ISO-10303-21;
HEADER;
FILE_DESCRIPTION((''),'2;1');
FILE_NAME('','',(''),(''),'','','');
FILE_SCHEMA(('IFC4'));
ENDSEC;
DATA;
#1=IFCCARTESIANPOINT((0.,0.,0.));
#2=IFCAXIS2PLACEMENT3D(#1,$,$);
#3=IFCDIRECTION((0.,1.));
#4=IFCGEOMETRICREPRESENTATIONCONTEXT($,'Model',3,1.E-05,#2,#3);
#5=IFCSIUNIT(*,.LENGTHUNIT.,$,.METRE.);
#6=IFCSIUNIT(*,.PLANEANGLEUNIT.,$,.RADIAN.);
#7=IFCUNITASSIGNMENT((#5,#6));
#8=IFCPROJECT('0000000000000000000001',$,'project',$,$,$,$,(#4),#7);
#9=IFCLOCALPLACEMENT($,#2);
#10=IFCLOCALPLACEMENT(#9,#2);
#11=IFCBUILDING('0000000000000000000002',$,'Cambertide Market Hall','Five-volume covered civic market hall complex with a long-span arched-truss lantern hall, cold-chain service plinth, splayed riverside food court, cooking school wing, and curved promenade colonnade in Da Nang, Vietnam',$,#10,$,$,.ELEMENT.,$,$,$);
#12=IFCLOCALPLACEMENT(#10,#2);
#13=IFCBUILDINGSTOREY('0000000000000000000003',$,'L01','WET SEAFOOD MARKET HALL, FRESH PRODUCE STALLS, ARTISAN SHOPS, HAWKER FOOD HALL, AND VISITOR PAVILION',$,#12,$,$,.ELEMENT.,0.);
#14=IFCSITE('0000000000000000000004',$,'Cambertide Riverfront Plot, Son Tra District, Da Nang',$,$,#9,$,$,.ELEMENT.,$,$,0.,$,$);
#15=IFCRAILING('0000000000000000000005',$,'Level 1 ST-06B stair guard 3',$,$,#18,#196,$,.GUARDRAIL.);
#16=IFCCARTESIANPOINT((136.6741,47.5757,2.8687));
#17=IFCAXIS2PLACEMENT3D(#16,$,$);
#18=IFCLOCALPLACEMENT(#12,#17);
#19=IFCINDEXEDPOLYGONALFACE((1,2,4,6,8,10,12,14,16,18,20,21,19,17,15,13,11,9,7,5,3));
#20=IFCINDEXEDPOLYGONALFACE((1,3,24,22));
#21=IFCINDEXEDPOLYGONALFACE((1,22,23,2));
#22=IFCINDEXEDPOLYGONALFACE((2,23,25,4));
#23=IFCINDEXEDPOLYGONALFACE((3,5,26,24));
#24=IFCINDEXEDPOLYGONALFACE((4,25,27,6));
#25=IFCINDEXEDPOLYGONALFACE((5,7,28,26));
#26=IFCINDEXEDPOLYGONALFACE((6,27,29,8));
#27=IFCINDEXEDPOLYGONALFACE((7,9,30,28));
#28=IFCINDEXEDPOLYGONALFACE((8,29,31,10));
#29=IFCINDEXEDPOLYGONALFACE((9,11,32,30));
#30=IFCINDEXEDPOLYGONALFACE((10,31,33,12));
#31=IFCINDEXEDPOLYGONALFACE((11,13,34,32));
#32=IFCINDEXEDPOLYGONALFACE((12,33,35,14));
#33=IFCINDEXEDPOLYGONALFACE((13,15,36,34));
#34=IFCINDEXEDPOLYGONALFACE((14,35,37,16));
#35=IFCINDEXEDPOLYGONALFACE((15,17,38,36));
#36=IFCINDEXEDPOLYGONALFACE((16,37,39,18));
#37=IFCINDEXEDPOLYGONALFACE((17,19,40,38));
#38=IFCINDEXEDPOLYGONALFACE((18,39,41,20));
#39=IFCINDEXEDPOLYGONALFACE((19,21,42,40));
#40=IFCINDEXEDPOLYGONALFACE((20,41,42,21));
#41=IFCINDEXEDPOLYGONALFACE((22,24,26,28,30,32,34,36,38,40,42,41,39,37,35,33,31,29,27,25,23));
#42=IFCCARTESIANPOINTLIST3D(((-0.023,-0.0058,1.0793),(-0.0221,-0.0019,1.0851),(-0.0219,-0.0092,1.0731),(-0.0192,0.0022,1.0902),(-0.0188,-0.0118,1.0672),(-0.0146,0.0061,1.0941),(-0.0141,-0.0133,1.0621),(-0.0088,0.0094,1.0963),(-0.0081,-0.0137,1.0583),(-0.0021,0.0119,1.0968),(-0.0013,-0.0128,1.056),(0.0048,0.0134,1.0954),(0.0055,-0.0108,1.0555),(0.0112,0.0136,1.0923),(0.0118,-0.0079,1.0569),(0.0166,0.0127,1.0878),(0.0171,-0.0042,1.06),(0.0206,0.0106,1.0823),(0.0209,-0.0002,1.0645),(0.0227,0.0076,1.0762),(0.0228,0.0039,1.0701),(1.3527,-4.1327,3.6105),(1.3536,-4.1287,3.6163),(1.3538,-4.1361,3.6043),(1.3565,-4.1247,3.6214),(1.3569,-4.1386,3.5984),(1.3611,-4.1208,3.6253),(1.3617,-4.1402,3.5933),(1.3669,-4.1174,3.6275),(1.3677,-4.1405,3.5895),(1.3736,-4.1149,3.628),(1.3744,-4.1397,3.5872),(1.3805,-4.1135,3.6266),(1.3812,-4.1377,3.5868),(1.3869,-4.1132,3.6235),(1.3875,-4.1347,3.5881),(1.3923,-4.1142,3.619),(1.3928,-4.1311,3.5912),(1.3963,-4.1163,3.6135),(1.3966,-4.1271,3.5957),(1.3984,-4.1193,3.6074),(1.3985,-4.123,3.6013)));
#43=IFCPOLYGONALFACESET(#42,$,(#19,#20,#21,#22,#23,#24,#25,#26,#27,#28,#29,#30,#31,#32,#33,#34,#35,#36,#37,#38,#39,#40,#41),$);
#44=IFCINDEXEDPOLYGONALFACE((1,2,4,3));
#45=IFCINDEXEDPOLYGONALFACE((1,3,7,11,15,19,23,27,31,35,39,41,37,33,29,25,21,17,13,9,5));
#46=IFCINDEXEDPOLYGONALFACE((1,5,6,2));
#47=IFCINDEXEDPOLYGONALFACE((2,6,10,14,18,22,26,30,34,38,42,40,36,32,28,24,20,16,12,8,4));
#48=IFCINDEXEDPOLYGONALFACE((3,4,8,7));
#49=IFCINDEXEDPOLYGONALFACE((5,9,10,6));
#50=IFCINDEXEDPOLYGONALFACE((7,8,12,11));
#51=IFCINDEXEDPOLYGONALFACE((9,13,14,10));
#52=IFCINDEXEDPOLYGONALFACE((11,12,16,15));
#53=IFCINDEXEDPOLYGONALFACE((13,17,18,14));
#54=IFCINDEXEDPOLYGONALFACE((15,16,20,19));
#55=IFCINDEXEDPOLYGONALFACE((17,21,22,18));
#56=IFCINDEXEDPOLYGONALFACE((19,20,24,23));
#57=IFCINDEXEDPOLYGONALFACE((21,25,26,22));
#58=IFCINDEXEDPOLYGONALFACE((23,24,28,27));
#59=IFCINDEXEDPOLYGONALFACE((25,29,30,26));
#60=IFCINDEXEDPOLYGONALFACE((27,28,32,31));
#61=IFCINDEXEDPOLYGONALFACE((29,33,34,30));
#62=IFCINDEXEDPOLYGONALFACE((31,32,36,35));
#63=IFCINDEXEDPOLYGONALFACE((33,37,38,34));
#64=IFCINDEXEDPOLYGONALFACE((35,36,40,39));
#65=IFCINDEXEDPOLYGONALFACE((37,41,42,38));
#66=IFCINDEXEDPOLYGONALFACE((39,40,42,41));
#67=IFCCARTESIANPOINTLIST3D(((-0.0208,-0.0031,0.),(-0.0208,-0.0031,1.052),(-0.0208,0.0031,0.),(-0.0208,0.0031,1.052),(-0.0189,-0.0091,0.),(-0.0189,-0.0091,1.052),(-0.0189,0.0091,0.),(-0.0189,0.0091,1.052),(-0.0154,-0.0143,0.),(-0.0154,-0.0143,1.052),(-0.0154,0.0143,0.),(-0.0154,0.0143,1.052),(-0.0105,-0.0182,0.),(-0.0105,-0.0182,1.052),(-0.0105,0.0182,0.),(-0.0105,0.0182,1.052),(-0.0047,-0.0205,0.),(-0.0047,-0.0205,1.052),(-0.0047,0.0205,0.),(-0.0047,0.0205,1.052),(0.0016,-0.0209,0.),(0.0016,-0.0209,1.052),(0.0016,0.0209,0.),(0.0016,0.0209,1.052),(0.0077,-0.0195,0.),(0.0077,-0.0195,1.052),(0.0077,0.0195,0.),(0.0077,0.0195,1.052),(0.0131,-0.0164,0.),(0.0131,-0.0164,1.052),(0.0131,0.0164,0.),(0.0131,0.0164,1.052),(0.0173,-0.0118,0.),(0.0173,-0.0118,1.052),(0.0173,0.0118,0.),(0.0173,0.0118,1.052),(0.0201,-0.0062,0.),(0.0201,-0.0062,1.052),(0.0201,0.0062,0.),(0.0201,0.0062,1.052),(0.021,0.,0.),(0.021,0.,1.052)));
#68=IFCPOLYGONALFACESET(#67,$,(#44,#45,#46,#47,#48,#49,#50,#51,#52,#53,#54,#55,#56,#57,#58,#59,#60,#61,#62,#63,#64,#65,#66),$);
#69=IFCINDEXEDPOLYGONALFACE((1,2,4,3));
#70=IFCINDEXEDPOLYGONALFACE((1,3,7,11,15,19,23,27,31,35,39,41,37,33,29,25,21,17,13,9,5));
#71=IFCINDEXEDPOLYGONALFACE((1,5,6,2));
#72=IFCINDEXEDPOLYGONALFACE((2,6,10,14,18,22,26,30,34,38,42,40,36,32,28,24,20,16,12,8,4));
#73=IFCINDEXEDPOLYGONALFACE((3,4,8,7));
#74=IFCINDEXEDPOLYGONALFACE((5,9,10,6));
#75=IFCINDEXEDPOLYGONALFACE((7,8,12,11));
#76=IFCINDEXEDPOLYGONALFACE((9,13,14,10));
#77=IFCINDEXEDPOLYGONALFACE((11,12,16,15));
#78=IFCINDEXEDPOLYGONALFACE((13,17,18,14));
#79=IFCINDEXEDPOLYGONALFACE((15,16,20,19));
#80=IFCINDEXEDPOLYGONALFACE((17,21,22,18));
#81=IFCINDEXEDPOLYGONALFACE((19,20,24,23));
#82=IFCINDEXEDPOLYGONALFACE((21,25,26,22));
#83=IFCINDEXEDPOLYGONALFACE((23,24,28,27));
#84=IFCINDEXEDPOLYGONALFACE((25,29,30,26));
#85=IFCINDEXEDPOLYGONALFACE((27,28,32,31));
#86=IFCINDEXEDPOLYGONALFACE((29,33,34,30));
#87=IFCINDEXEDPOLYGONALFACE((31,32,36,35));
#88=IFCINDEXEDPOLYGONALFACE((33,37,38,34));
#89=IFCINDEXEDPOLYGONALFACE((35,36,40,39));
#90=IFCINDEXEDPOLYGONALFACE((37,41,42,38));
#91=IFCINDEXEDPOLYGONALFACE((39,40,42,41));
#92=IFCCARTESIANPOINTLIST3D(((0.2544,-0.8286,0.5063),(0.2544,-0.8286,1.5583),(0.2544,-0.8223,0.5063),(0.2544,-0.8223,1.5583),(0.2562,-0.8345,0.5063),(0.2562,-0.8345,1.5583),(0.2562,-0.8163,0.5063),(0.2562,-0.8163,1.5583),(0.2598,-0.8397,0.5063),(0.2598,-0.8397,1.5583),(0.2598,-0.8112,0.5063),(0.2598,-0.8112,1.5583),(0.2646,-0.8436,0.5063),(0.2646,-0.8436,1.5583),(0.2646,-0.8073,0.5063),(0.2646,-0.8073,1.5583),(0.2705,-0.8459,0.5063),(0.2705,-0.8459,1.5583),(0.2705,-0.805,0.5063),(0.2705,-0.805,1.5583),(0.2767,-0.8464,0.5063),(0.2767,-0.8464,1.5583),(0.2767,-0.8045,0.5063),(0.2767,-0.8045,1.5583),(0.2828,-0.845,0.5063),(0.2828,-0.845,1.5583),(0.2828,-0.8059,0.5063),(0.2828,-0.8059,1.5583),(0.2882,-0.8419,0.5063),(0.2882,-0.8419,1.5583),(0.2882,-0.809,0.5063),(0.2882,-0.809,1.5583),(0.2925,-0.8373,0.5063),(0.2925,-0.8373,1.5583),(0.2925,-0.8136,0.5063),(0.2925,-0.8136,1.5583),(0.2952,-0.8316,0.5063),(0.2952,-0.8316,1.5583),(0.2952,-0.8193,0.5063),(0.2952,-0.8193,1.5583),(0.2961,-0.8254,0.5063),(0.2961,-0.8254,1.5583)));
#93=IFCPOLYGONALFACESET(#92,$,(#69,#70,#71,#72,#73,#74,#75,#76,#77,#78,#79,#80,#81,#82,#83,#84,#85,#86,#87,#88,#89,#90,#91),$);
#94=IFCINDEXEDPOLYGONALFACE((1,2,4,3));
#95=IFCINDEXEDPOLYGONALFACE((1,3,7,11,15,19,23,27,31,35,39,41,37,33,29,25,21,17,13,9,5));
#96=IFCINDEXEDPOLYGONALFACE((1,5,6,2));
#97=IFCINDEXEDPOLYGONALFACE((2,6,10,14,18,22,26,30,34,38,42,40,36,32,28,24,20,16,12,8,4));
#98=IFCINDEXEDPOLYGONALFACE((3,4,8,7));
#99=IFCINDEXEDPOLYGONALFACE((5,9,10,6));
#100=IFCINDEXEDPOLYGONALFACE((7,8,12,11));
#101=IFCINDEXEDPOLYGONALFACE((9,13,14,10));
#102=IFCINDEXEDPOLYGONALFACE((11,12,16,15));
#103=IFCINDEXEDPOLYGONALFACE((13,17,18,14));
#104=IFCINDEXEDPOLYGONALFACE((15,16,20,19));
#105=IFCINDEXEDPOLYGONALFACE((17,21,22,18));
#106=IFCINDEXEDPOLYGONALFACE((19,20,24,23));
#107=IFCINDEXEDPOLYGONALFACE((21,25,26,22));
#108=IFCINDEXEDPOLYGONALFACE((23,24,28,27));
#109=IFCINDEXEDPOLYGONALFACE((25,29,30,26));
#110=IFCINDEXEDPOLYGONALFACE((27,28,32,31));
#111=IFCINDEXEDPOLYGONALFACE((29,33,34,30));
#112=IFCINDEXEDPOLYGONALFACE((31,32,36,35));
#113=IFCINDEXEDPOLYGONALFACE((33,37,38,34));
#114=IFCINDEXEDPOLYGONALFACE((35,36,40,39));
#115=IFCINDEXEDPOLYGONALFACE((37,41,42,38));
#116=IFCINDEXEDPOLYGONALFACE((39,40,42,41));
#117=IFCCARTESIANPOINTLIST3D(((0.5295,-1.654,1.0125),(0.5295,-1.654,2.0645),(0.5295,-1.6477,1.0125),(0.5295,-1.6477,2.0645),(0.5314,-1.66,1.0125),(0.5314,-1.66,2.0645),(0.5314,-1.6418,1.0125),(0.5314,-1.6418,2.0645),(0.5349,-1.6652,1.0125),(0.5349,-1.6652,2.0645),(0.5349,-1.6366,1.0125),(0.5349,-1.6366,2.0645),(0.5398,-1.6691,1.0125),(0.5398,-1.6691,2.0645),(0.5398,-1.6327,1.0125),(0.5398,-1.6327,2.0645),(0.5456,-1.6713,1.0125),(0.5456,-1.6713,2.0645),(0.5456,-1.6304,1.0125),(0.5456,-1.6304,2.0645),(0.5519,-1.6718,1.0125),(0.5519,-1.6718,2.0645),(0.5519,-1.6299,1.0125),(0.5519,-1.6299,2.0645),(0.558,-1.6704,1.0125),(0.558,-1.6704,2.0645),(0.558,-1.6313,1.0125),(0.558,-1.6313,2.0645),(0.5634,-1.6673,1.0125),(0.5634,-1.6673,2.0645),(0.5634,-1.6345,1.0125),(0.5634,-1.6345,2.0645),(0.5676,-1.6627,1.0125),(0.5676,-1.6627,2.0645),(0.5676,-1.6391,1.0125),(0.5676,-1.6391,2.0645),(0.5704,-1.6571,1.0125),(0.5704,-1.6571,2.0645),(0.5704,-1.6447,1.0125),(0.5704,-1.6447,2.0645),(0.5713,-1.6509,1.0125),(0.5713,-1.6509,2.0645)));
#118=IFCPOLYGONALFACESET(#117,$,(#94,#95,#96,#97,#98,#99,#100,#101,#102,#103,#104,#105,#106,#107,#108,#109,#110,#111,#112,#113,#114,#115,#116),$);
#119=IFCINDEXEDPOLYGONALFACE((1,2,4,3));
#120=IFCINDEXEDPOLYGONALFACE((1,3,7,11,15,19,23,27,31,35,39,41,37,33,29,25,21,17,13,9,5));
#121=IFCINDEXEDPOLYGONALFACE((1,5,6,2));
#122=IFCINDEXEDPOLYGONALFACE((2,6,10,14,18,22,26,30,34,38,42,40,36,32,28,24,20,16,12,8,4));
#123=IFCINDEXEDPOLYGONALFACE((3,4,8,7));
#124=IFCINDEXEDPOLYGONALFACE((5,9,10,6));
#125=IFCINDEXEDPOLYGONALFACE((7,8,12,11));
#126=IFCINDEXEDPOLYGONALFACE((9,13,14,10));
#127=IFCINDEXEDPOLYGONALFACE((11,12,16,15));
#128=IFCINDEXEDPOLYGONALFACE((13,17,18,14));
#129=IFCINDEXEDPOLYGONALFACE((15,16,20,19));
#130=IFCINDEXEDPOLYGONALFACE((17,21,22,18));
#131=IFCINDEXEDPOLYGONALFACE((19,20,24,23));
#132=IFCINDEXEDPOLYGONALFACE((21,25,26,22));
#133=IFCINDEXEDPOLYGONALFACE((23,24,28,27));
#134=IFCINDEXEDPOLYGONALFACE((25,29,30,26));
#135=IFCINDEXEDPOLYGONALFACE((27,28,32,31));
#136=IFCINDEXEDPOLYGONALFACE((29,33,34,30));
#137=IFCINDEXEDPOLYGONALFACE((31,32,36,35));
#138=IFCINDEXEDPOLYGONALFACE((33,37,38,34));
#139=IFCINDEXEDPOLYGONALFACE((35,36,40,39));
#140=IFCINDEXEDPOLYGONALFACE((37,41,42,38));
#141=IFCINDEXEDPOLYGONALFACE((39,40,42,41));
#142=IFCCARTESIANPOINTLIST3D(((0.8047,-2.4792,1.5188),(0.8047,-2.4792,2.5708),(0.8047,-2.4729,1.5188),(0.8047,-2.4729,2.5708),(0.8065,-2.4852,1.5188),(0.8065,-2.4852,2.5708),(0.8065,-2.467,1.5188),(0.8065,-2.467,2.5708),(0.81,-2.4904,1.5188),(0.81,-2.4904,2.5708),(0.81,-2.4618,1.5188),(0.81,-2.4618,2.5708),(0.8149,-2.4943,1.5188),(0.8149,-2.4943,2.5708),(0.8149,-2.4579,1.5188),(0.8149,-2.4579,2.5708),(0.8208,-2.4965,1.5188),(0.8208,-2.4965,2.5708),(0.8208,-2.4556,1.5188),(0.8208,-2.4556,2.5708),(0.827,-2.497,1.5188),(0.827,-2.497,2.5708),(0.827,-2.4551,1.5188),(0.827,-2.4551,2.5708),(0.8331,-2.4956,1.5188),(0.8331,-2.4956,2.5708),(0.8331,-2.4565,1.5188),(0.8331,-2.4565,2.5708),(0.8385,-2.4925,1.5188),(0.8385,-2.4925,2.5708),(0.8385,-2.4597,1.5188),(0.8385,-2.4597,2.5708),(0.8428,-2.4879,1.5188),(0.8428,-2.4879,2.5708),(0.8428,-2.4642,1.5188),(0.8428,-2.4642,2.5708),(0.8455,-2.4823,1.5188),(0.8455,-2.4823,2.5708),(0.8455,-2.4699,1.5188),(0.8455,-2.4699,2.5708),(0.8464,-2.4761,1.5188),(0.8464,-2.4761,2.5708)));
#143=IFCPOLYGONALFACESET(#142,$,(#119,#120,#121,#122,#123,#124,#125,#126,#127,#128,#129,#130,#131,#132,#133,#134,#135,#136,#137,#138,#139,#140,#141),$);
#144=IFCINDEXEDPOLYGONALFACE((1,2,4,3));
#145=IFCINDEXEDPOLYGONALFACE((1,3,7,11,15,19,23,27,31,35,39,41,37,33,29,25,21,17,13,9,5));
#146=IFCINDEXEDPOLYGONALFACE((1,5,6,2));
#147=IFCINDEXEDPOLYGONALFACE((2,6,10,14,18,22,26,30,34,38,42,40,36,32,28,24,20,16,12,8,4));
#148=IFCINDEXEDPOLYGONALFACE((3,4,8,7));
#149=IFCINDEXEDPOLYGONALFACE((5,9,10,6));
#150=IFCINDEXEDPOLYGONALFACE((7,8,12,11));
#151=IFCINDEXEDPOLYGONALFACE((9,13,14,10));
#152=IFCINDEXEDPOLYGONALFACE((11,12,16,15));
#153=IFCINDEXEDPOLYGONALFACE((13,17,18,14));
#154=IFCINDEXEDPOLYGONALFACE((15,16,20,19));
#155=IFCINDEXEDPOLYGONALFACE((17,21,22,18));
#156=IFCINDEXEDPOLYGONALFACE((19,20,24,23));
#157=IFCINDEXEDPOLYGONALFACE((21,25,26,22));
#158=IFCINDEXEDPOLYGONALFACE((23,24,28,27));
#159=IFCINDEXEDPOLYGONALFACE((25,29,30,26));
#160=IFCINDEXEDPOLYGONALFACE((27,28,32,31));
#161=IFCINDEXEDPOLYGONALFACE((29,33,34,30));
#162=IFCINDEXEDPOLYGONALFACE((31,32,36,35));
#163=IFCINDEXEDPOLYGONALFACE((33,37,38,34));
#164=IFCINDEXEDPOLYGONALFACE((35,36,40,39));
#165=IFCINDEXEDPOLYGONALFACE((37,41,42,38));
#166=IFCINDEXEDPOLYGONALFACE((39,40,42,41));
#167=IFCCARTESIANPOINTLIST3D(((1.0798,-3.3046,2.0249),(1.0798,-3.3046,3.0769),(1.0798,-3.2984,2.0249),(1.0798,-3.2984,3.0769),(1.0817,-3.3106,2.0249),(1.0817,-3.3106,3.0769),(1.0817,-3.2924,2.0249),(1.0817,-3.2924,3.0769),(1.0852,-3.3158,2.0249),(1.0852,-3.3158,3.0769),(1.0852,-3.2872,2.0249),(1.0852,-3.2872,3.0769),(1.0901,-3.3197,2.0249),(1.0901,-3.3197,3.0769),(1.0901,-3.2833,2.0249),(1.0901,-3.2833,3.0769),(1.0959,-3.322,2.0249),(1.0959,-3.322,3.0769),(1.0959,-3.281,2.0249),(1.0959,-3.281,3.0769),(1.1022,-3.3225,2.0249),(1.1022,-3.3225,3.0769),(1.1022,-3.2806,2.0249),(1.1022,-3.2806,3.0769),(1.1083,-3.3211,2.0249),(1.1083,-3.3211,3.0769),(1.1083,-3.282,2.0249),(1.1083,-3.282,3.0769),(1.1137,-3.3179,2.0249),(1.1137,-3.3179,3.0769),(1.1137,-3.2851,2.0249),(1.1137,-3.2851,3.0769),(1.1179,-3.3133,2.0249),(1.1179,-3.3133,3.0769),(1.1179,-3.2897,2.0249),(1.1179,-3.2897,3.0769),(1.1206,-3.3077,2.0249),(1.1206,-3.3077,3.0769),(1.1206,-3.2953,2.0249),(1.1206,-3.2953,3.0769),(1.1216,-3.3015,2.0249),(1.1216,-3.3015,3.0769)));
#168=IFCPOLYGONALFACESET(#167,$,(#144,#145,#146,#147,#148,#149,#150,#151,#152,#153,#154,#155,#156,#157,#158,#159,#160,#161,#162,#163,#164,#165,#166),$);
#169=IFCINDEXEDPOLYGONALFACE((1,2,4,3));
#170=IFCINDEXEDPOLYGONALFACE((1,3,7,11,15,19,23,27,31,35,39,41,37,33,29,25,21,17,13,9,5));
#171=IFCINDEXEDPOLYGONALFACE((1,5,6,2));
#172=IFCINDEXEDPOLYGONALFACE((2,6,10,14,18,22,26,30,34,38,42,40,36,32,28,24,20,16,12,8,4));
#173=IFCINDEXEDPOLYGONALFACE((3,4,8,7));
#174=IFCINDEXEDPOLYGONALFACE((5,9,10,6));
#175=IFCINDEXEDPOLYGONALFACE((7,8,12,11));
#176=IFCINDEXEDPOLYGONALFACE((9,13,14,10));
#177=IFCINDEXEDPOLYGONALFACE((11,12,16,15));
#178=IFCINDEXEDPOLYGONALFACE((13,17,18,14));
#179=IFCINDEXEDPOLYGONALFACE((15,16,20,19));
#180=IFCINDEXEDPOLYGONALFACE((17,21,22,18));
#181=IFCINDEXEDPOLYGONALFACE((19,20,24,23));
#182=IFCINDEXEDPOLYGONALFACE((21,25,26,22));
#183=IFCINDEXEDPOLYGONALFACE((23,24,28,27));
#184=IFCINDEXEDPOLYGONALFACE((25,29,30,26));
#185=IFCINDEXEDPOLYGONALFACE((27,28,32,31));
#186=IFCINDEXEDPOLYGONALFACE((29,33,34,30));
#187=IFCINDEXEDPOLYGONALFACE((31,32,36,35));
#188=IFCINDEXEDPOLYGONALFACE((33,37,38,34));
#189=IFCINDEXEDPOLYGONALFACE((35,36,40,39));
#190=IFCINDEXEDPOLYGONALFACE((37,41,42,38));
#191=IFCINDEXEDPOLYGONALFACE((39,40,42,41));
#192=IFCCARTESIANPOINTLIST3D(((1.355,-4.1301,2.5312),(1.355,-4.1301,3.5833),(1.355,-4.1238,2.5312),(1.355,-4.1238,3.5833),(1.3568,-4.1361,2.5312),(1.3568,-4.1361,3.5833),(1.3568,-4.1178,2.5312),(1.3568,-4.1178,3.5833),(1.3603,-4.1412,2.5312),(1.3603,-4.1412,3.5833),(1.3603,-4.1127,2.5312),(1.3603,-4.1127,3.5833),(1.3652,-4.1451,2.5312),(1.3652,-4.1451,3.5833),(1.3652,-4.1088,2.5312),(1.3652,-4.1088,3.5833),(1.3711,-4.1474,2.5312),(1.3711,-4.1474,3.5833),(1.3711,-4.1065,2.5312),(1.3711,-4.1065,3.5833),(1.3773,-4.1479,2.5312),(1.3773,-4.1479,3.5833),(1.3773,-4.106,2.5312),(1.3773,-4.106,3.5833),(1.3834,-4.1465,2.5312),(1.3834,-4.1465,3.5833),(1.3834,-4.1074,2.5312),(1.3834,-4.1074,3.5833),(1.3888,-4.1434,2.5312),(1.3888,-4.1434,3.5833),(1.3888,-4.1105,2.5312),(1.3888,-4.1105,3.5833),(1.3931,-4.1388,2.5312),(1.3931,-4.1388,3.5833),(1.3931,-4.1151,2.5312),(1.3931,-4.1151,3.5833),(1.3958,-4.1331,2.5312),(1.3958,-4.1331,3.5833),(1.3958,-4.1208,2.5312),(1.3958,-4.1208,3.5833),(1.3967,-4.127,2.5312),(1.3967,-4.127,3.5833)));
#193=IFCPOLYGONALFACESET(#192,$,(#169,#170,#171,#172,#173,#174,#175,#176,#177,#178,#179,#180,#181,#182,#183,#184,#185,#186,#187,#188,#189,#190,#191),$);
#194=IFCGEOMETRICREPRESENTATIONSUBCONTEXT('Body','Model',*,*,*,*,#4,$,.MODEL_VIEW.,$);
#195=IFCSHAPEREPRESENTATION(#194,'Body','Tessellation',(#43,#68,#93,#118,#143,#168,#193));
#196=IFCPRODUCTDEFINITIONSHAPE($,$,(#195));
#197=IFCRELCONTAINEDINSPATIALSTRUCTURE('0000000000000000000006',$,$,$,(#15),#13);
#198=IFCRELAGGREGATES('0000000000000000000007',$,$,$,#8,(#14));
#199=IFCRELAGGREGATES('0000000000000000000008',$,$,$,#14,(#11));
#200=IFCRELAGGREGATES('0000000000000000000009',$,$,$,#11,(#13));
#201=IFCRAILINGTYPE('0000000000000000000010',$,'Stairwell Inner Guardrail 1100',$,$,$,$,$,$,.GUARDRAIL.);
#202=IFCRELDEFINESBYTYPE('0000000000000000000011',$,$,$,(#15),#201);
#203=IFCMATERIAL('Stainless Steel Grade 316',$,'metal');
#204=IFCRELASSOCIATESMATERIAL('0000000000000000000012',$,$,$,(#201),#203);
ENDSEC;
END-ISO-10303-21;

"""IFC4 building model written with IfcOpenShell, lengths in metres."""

from ifc_helpers import new_model, si_unit, direction, frame, origin, origin_2d, place, context, subcontext, project, spatial, circle, extrude, material, type_object, element, save


model = new_model("IFC4")

# Units and contexts
model_context = context("Model", 3, precision=1e-05, world=origin(), true_north=direction((0.0, 1.0)))
body_context = subcontext(model_context, "Body", "Model", "MODEL_VIEW")
ifc_project = project(units=[si_unit("LENGTHUNIT", "METRE"), si_unit("PLANEANGLEUNIT", "RADIAN")], contexts=[model_context])

# Site, building, storey
site_placement = place(None, origin())
site = spatial("IfcSite", under=ifc_project, at=site_placement, Name="Cambertide Riverfront Plot, Son Tra District, Da Nang", CompositionType="ELEMENT", RefElevation=0.0)
building_placement = place(site_placement, origin())
building = spatial("IfcBuilding", under=site, at=building_placement, Name="Cambertide Market Hall", Description="Five-volume covered civic market hall complex with a long-span arched-truss lantern hall, cold-chain service plinth, splayed riverside food court, cooking school wing, and curved promenade colonnade in Da Nang, Vietnam", CompositionType="ELEMENT")
storey_placement = place(building_placement, origin())
storey = spatial("IfcBuildingStorey", under=building, at=storey_placement, Name="L01", Description="WET SEAFOOD MARKET HALL, FRESH PRODUCE STALLS, ARTISAN SHOPS, HAWKER FOOD HALL, AND VISITOR PAVILION", CompositionType="ELEMENT", Elevation=0.0)

# Railing
ifc_material_1 = material(Name="Stainless Steel Grade 316", Category="metal")
railing_type_1 = type_object("IfcRailingType", Name="Stairwell Inner Guardrail 1100", PredefinedType="GUARDRAIL", material=ifc_material_1)
railing_1_placement = place(storey_placement, frame((136.6741, 47.5757, 2.8687)))
element("IfcRailing", 1, at=railing_1_placement, inside=storey, type_object=railing_type_1, Name="Level 1 ST-06B stair guard 3", PredefinedType="GUARDRAIL", context=body_context, shape_type="SweptSolid", body=[
    extrude(circle(Radius=0.0239, at=origin_2d()), frame((0.0, 0.0, 1.0762), z_axis=(0.27334, -0.81997, 0.502926), x_axis=(0.948678, 0.316245, 0.0)), (0.0, 0.0, 1.0), 5.033),
    extrude(circle(Radius=0.021, at=origin_2d()), origin(), (0.0, 0.0, 1.0), 1.052),
    extrude(circle(Radius=0.021, at=origin_2d()), frame((0.2751, -0.8254, 0.5063)), (0.0, 0.0, 1.0), 1.052),
    extrude(circle(Radius=0.021, at=origin_2d()), frame((0.5503, -1.6509, 1.0125)), (0.0, 0.0, 1.0), 1.052),
    extrude(circle(Radius=0.021, at=origin_2d()), frame((0.8254, -2.4761, 1.5188)), (0.0, 0.0, 1.0), 1.052),
    extrude(circle(Radius=0.021, at=origin_2d()), frame((1.1006, -3.3015, 2.0249)), (0.0, 0.0, 1.0), 1.052),
    extrude(circle(Radius=0.021, at=origin_2d()), frame((1.3757, -4.127, 2.5312)), (0.0, 0.0, 1.0), 1.052),
])

save(model, "model.ifc")
